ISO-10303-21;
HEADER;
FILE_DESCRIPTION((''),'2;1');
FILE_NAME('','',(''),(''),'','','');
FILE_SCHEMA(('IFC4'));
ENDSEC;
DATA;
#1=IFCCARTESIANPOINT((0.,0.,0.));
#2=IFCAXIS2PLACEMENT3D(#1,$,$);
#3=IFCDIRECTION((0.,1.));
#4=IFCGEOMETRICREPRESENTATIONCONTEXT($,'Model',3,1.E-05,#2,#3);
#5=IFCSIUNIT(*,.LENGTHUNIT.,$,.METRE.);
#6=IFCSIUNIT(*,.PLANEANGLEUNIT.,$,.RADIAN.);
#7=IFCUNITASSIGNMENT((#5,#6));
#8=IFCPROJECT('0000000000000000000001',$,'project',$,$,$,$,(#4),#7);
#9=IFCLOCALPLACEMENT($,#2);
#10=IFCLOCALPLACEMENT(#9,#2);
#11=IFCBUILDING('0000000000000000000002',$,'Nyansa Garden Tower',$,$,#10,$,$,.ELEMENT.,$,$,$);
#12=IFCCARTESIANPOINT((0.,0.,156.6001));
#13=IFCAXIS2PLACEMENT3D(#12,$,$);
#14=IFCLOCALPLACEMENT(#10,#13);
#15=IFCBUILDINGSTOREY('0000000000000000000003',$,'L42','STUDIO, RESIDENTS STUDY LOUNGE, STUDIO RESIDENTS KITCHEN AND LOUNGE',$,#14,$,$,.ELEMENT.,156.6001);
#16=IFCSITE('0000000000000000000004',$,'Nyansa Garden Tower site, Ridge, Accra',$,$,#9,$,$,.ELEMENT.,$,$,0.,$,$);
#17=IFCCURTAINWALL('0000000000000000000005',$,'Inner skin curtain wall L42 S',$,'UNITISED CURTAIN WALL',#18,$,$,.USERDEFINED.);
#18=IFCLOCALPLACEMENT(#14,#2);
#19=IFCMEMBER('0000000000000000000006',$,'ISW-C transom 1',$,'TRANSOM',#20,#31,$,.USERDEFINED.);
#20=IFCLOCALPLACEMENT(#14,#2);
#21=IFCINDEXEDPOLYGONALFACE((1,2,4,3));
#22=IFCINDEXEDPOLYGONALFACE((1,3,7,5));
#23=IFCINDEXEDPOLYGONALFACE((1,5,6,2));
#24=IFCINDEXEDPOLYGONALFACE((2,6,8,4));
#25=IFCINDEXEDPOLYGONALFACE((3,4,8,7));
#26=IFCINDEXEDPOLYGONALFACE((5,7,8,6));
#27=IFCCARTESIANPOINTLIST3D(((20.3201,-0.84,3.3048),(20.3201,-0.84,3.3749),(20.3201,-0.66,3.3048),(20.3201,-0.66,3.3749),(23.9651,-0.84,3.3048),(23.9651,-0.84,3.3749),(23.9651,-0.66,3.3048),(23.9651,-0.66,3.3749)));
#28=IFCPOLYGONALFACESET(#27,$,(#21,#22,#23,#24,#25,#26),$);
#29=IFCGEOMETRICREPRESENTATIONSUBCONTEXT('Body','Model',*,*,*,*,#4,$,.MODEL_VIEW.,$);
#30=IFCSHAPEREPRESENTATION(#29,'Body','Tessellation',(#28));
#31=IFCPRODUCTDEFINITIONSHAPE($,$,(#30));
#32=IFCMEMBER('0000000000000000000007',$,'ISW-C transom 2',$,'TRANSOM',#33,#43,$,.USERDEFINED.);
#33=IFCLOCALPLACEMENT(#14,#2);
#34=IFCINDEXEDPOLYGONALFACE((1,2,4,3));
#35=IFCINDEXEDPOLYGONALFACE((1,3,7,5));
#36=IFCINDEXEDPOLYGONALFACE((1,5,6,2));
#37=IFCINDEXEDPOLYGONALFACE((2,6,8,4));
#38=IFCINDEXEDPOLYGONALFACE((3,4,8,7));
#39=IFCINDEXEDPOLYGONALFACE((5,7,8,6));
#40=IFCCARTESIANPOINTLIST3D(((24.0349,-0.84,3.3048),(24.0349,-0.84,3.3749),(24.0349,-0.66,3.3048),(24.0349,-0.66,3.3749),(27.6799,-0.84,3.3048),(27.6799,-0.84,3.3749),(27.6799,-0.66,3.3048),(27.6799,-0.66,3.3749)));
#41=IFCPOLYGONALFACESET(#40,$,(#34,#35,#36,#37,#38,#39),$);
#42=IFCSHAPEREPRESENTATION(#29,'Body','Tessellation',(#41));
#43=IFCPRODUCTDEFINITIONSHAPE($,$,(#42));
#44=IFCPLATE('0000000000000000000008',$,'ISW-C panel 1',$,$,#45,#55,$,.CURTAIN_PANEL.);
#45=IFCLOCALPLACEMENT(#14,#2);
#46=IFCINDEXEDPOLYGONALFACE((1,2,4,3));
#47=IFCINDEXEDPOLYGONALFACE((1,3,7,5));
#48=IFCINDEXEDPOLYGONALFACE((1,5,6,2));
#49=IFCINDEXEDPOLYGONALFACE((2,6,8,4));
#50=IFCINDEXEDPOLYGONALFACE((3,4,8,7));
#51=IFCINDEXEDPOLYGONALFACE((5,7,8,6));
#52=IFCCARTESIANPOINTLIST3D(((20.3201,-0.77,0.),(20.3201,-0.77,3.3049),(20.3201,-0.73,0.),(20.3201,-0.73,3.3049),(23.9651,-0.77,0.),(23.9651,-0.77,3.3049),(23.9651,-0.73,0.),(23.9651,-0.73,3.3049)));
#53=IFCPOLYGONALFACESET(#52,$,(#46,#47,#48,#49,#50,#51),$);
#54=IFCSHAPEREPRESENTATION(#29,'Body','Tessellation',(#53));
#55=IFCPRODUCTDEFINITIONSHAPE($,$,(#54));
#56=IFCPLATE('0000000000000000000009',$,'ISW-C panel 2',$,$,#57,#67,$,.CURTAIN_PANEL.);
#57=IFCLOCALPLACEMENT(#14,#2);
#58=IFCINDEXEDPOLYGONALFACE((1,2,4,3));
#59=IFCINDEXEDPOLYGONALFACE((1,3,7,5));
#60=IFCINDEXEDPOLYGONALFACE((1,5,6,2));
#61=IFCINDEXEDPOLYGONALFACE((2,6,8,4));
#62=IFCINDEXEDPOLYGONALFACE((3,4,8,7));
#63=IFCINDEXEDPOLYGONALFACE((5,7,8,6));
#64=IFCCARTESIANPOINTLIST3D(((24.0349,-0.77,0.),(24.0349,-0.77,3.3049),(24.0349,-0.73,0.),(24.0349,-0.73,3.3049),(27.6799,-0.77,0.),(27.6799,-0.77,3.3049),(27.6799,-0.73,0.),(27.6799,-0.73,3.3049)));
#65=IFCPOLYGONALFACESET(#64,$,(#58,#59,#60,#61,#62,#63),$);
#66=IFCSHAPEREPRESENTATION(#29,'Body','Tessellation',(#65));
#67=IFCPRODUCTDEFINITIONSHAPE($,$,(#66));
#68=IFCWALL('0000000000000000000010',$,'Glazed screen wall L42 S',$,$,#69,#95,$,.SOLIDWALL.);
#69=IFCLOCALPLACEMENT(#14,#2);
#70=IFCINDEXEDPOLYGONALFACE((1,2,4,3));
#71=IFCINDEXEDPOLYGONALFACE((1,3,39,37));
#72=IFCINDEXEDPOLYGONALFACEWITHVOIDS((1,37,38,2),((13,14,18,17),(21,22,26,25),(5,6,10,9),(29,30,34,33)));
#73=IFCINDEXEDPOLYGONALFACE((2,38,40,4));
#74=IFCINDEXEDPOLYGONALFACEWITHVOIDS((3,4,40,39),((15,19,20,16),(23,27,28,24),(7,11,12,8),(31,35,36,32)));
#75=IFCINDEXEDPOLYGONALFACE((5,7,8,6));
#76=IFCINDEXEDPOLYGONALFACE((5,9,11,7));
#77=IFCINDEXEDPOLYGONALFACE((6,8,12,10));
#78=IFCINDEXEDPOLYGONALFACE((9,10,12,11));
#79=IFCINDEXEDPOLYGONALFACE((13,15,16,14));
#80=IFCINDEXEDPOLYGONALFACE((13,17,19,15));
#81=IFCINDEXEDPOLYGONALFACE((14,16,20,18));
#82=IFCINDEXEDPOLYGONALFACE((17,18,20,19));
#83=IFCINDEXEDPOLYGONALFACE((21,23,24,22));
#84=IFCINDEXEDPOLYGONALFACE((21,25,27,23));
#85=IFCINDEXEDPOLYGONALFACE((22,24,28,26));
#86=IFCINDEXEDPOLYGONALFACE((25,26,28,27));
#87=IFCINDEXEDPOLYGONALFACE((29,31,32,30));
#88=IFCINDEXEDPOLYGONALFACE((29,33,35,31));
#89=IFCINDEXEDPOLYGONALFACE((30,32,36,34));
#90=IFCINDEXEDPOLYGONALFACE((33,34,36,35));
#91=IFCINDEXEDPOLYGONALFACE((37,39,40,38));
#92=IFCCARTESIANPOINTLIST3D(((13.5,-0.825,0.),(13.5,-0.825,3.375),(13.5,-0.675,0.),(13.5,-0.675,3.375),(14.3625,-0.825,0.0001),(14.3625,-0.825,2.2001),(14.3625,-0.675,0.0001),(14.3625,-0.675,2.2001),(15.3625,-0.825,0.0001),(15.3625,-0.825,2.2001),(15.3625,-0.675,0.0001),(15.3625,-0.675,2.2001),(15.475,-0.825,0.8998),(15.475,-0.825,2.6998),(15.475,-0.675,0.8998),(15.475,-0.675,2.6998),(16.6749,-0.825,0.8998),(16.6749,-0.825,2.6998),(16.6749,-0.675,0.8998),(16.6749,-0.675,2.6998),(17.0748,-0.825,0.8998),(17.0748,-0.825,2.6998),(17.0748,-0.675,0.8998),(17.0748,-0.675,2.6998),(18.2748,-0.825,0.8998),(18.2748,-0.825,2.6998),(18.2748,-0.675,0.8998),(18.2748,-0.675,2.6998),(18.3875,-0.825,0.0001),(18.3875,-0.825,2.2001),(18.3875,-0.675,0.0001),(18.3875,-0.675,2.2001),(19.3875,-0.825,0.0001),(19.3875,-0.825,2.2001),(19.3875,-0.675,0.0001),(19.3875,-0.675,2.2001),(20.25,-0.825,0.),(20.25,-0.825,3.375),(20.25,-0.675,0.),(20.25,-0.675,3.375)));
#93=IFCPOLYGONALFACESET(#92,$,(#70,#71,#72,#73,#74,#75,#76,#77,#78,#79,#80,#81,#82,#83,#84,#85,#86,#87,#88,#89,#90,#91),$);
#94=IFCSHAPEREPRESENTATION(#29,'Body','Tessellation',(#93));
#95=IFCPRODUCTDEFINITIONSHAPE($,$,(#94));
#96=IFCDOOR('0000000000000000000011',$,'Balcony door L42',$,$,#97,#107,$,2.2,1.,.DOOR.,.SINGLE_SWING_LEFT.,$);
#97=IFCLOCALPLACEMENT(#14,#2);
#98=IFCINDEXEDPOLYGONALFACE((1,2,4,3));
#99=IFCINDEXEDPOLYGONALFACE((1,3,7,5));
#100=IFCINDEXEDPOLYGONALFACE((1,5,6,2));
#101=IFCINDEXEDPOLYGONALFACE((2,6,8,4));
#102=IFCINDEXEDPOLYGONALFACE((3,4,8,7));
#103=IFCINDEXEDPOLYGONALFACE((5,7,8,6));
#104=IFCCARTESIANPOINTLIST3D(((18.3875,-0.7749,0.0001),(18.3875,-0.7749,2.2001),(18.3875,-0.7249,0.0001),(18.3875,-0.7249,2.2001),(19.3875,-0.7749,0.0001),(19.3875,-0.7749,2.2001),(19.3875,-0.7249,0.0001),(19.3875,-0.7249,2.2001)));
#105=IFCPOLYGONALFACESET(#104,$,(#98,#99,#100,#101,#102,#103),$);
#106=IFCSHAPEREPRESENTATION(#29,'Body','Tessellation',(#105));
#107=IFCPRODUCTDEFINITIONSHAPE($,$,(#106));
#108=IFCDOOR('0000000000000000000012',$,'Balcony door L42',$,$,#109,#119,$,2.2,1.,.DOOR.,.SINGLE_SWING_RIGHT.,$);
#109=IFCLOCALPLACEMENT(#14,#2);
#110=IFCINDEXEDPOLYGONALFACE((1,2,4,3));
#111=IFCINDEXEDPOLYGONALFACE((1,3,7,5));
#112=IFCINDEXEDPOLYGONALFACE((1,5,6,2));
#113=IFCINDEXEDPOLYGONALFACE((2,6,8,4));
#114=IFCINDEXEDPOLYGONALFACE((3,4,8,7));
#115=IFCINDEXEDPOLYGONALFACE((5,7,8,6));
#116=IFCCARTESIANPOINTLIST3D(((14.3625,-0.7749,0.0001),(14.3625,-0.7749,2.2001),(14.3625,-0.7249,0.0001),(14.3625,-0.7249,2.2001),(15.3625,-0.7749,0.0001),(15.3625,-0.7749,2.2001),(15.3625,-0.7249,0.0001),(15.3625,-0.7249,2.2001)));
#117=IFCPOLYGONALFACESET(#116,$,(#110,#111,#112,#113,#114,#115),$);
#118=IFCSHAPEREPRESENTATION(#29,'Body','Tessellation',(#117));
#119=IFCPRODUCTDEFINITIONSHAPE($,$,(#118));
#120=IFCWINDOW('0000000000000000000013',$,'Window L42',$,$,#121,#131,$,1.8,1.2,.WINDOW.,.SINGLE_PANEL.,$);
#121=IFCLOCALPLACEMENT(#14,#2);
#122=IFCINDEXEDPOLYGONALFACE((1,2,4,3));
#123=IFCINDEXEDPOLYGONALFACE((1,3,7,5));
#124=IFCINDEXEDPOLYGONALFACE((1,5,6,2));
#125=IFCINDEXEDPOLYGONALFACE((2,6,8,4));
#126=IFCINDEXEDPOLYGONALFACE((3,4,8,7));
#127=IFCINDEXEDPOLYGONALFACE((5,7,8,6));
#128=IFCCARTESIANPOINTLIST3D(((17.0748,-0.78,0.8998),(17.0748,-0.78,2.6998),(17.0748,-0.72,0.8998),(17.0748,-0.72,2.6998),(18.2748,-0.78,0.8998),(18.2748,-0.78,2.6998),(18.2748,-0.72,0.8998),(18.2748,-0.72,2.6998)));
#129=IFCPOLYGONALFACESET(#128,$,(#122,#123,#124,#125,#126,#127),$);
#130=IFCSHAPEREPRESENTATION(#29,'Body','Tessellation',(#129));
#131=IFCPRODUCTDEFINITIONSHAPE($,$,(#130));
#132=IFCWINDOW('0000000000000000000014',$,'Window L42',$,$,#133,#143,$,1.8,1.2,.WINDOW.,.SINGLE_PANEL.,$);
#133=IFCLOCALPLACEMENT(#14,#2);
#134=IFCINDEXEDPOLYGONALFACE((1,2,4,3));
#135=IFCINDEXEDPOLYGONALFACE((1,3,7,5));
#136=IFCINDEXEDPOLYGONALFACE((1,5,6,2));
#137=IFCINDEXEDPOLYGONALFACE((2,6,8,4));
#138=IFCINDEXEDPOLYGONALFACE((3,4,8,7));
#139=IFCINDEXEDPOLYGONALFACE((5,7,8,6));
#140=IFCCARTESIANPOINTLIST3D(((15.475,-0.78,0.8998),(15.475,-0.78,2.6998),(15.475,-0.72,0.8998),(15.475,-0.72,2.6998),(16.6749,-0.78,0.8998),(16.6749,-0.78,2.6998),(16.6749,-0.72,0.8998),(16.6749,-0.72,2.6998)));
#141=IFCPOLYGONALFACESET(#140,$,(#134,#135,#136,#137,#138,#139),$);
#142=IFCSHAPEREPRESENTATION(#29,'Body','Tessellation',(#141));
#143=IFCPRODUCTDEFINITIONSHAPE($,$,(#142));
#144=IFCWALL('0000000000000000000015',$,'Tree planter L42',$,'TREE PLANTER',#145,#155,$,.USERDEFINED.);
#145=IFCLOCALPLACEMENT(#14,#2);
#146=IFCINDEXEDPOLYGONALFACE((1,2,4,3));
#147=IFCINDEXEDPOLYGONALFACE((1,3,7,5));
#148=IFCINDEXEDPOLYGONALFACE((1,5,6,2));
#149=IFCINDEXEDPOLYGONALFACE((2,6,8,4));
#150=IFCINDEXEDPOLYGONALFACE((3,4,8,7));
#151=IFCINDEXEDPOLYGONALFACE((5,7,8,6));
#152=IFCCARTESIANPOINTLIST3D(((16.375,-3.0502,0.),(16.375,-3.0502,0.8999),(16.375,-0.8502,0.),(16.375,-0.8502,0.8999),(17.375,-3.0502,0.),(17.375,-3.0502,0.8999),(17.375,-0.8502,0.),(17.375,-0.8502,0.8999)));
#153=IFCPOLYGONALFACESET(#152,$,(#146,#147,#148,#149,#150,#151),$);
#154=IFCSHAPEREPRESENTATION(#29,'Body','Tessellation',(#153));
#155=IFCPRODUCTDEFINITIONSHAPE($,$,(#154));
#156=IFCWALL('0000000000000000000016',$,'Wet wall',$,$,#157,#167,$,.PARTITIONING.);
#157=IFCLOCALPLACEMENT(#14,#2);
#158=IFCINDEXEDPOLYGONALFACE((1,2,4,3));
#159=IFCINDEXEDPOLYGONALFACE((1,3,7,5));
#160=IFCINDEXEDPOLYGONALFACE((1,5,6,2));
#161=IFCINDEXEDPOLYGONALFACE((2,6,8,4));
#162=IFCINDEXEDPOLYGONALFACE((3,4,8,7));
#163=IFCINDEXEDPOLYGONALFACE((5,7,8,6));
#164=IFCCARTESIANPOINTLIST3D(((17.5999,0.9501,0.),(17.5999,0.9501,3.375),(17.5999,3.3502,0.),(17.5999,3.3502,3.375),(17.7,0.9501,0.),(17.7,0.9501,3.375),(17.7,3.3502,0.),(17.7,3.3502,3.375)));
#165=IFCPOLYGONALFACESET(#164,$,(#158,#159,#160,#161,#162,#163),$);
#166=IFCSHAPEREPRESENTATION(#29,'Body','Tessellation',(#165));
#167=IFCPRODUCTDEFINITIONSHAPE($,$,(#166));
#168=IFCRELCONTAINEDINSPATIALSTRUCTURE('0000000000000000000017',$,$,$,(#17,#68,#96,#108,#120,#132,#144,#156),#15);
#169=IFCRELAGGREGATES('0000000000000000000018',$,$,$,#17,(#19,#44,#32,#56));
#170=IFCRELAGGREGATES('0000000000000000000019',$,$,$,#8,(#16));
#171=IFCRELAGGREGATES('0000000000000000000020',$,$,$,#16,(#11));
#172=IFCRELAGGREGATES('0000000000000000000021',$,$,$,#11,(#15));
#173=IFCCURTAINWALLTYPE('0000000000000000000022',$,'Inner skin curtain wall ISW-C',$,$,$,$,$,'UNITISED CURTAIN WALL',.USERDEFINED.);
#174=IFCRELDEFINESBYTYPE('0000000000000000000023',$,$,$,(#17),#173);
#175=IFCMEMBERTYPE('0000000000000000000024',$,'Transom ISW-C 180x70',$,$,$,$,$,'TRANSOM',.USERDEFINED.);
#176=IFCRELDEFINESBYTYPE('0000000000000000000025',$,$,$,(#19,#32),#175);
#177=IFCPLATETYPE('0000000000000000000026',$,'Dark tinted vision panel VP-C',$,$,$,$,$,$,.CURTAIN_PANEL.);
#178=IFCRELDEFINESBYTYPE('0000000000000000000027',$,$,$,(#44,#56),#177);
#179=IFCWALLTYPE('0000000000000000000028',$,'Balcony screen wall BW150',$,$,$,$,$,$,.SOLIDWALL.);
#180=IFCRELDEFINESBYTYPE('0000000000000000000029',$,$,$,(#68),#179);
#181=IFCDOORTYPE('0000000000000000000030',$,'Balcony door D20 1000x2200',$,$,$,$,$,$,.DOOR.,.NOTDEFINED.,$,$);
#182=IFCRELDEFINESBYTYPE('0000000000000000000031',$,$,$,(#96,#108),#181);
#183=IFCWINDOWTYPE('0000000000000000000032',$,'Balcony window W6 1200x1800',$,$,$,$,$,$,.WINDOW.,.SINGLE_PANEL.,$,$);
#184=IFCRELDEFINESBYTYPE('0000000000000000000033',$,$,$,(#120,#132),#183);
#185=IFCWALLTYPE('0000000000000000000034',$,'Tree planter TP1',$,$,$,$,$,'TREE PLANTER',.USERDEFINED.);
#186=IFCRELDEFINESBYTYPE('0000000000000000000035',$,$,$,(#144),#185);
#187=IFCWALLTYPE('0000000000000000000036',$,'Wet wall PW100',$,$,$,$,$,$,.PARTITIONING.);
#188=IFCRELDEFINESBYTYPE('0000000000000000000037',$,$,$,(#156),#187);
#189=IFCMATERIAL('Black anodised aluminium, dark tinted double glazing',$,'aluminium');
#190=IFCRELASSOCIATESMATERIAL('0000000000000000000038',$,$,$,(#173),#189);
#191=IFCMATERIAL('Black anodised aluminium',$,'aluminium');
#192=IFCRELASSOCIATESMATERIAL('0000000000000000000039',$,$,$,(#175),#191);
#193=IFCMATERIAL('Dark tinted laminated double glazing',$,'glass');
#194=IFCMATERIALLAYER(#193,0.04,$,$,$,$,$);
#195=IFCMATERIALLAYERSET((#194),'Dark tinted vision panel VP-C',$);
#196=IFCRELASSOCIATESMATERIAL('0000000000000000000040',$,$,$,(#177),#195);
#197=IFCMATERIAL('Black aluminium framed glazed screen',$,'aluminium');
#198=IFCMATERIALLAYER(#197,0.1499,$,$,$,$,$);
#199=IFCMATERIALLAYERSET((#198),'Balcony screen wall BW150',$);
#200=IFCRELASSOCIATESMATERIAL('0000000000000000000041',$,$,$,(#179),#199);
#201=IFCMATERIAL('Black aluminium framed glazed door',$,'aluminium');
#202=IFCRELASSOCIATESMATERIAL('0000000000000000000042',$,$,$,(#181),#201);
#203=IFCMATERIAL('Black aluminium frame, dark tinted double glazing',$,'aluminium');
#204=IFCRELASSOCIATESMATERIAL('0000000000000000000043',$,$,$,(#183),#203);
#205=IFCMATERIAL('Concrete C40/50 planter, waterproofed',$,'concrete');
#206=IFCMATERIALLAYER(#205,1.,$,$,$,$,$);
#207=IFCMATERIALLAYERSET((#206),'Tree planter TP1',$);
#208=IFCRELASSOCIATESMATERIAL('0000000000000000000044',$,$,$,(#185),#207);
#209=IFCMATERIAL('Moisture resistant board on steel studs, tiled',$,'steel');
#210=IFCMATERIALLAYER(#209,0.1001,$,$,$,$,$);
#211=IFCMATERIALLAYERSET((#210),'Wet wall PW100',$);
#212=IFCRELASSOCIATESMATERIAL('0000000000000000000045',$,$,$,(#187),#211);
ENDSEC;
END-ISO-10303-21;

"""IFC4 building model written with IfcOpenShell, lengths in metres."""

from ifc_helpers import new_model, si_unit, direction, frame, frame_2d, origin, origin_2d, place, context, subcontext, project, spatial, rectangle, extrude, material, layer, layer_set, material_profile, profile_set, type_object, element, fill, aggregate, save


model = new_model("IFC4")

# Units and contexts
model_context = context("Model", 3, precision=1e-05, world=origin(), true_north=direction((0.0, 1.0)))
body_context = subcontext(model_context, "Body", "Model", "MODEL_VIEW")
ifc_project = project(units=[si_unit("LENGTHUNIT", "METRE"), si_unit("PLANEANGLEUNIT", "RADIAN")], contexts=[model_context])

# Site, building, storey
site_placement = place(None, origin())
site = spatial("IfcSite", under=ifc_project, at=site_placement, Name="Nyansa Garden Tower site, Ridge, Accra", CompositionType="ELEMENT", RefElevation=0.0)
building_placement = place(site_placement, origin())
building = spatial("IfcBuilding", under=site, at=building_placement, Name="Nyansa Garden Tower", CompositionType="ELEMENT")
storey_placement = place(building_placement, frame((0.0, 0.0, 156.6001)))
storey = spatial("IfcBuildingStorey", under=building, at=storey_placement, Name="L42", Description="STUDIO, RESIDENTS STUDY LOUNGE, STUDIO RESIDENTS KITCHEN AND LOUNGE", CompositionType="ELEMENT", Elevation=156.6001)

# Curtain wall
ifc_material_1 = material(Name="Black anodised aluminium, dark tinted double glazing", Category="aluminium")
curtain_wall_type = type_object("IfcCurtainWallType", Name="Inner skin curtain wall ISW-C", ElementType="UNITISED CURTAIN WALL", PredefinedType="USERDEFINED", material=ifc_material_1)
curtain_wall_placement = place(storey_placement, origin())
curtain_wall = element("IfcCurtainWall", 1, at=curtain_wall_placement, inside=storey, type_object=curtain_wall_type, Name="Inner skin curtain wall L42 S", ObjectType="UNITISED CURTAIN WALL", PredefinedType="USERDEFINED")

# Members
ifc_material_2 = material(Name="Black anodised aluminium", Category="aluminium")
ifc_material_profile_1 = material_profile(ifc_material_2, rectangle(XDim=0.1799, YDim=0.0701, at=origin_2d()), Name="Transom 180x70")
ifc_profile_set_1 = profile_set([ifc_material_profile_1], Name="Black anodised aluminium")
member_type_1 = type_object("IfcMemberType", Name="Transom ISW-C 180x70", ElementType="TRANSOM", PredefinedType="USERDEFINED", material=ifc_profile_set_1)
member_1_placement = place(storey_placement, frame((20.3201, -0.75, 3.3398), z_axis=(1.0, 0.0, 0.0), x_axis=(0.0, 1.0, 0.0)))
member_1 = element("IfcMember", 2, at=member_1_placement, type_object=member_type_1, Name="ISW-C transom 1", ObjectType="TRANSOM", PredefinedType="USERDEFINED", context=body_context, shape_type="SweptSolid", body=[
    extrude(rectangle(XDim=0.1799, YDim=0.0701, at=origin_2d()), origin(), (0.0, 0.0, 1.0), 3.645),
])
member_2_placement = place(storey_placement, frame((24.0349, -0.75, 3.3398), z_axis=(1.0, 0.0, 0.0), x_axis=(0.0, 1.0, 0.0)))
member_2 = element("IfcMember", 3, at=member_2_placement, type_object=member_type_1, Name="ISW-C transom 2", ObjectType="TRANSOM", PredefinedType="USERDEFINED", context=body_context, shape_type="SweptSolid", body=[
    extrude(rectangle(XDim=0.1799, YDim=0.0701, at=origin_2d()), origin(), (0.0, 0.0, 1.0), 3.645),
])

# Plates
ifc_material_3 = material(Name="Dark tinted laminated double glazing", Category="glass")
ifc_layer_1 = layer(ifc_material_3, 0.04)
ifc_layer_set_1 = layer_set([ifc_layer_1], Name="Dark tinted vision panel VP-C")
plate_type = type_object("IfcPlateType", Name="Dark tinted vision panel VP-C", PredefinedType="CURTAIN_PANEL", material=ifc_layer_set_1)
plate_1_placement = place(storey_placement, frame((22.1426, -0.75, 0.0), z_axis=(0.0, 0.0, 1.0), x_axis=(1.0, 0.0, 0.0)))
plate_1 = element("IfcPlate", 4, at=plate_1_placement, type_object=plate_type, Name="ISW-C panel 1", PredefinedType="CURTAIN_PANEL", context=body_context, shape_type="SweptSolid", body=[
    extrude(rectangle(XDim=3.645, YDim=0.04, at=origin_2d()), origin(), (0.0, 0.0, 1.0), 3.3049),
])
plate_2_placement = place(storey_placement, frame((25.8574, -0.75, 0.0), z_axis=(0.0, 0.0, 1.0), x_axis=(1.0, 0.0, 0.0)))
plate_2 = element("IfcPlate", 5, at=plate_2_placement, type_object=plate_type, Name="ISW-C panel 2", PredefinedType="CURTAIN_PANEL", context=body_context, shape_type="SweptSolid", body=[
    extrude(rectangle(XDim=3.645, YDim=0.04, at=origin_2d()), origin(), (0.0, 0.0, 1.0), 3.3049),
])
aggregate(curtain_wall, [member_1, plate_1, member_2, plate_2])

# Wall, openings, doors, windows
ifc_material_4 = material(Name="Black aluminium framed glazed screen", Category="aluminium")
ifc_layer_2 = layer(ifc_material_4, 0.1499)
ifc_layer_set_2 = layer_set([ifc_layer_2], Name="Balcony screen wall BW150")
wall_type_1 = type_object("IfcWallType", Name="Balcony screen wall BW150", PredefinedType="SOLIDWALL", material=ifc_layer_set_2)
wall_1_placement = place(storey_placement, frame((20.25, -0.75, 0.0), z_axis=(0.0, 0.0, 1.0), x_axis=(-1.0, 0.0, 0.0)))
wall_1 = element("IfcWall", 6, at=wall_1_placement, inside=storey, type_object=wall_type_1, Name="Glazed screen wall L42 S", PredefinedType="SOLIDWALL", context=body_context, shape_type="SweptSolid", body=[
    extrude(rectangle(XDim=6.75, YDim=0.1499, at=frame_2d((3.375, 0.0))), origin(), (0.0, 0.0, 1.0), 3.375),
])
opening_1_placement = place(wall_1_placement, frame((0.8625, 0.0, 0.0)))
opening_1 = element("IfcOpeningElement", 7, at=opening_1_placement, cuts=wall_1, PredefinedType="OPENING", context=body_context, shape_type="SweptSolid", body=[
    extrude(rectangle(XDim=1.0, YDim=2.2, at=frame_2d((0.5, 1.1001))), frame((0.0, 0.085, 0.0), z_axis=(0.0, -1.0, 0.0), x_axis=(1.0, 0.0, 0.0)), (0.0, 0.0, 1.0), 0.1699),
])
opening_2_placement = place(wall_1_placement, frame((1.9751, 0.0, 0.8999)))
opening_2 = element("IfcOpeningElement", 8, at=opening_2_placement, cuts=wall_1, PredefinedType="OPENING", context=body_context, shape_type="SweptSolid", body=[
    extrude(rectangle(XDim=1.2, YDim=1.8, at=frame_2d((0.6001, 0.8999))), frame((0.0, 0.085, 0.0), z_axis=(0.0, -1.0, 0.0), x_axis=(1.0, 0.0, 0.0)), (0.0, 0.0, 1.0), 0.1699),
])
opening_3_placement = place(wall_1_placement, frame((4.8875, 0.0, 0.0)))
opening_3 = element("IfcOpeningElement", 9, at=opening_3_placement, cuts=wall_1, PredefinedType="OPENING", context=body_context, shape_type="SweptSolid", body=[
    extrude(rectangle(XDim=1.0, YDim=2.2, at=frame_2d((0.5, 1.1001))), frame((0.0, 0.085, 0.0), z_axis=(0.0, -1.0, 0.0), x_axis=(1.0, 0.0, 0.0)), (0.0, 0.0, 1.0), 0.1699),
])
opening_4_placement = place(wall_1_placement, frame((3.575, 0.0, 0.8999)))
opening_4 = element("IfcOpeningElement", 10, at=opening_4_placement, cuts=wall_1, PredefinedType="OPENING", context=body_context, shape_type="SweptSolid", body=[
    extrude(rectangle(XDim=1.2, YDim=1.8, at=frame_2d((0.6001, 0.8999))), frame((0.0, 0.085, 0.0), z_axis=(0.0, -1.0, 0.0), x_axis=(1.0, 0.0, 0.0)), (0.0, 0.0, 1.0), 0.1699),
])
ifc_material_5 = material(Name="Black aluminium framed glazed door", Category="aluminium")
door_type_1 = type_object("IfcDoorType", Name="Balcony door D20 1000x2200", OperationType="NOTDEFINED", PredefinedType="DOOR", material=ifc_material_5)
door_1_placement = place(opening_1_placement, origin())
door_1 = element("IfcDoor", 11, at=door_1_placement, inside=storey, type_object=door_type_1, Name="Balcony door L42", OperationType="SINGLE_SWING_LEFT", OverallHeight=2.2, OverallWidth=1.0, PredefinedType="DOOR", context=body_context, shape_type="SweptSolid", body=[
    extrude(rectangle(XDim=1.0, YDim=2.2, at=frame_2d((0.5, 1.1001))), frame((0.0, 0.0249, 0.0), z_axis=(0.0, -1.0, 0.0), x_axis=(1.0, 0.0, 0.0)), (0.0, 0.0, 1.0), 0.05),
])
fill(opening_1, door_1)
door_2_placement = place(opening_3_placement, origin())
door_2 = element("IfcDoor", 12, at=door_2_placement, inside=storey, type_object=door_type_1, Name="Balcony door L42", OperationType="SINGLE_SWING_RIGHT", OverallHeight=2.2, OverallWidth=1.0, PredefinedType="DOOR", context=body_context, shape_type="SweptSolid", body=[
    extrude(rectangle(XDim=1.0, YDim=2.2, at=frame_2d((0.5, 1.1001))), frame((0.0, 0.0249, 0.0), z_axis=(0.0, -1.0, 0.0), x_axis=(1.0, 0.0, 0.0)), (0.0, 0.0, 1.0), 0.05),
])
fill(opening_3, door_2)
ifc_material_6 = material(Name="Black aluminium frame, dark tinted double glazing", Category="aluminium")
window_type = type_object("IfcWindowType", Name="Balcony window W6 1200x1800", PartitioningType="SINGLE_PANEL", PredefinedType="WINDOW", material=ifc_material_6)
window_1_placement = place(opening_2_placement, origin())
window_1 = element("IfcWindow", 13, at=window_1_placement, inside=storey, type_object=window_type, Name="Window L42", OverallHeight=1.8, OverallWidth=1.2, PartitioningType="SINGLE_PANEL", PredefinedType="WINDOW", context=body_context, shape_type="SweptSolid", body=[
    extrude(rectangle(XDim=1.2, YDim=1.8, at=frame_2d((0.6001, 0.8999))), frame((0.0, 0.03, 0.0), z_axis=(0.0, -1.0, 0.0), x_axis=(1.0, 0.0, 0.0)), (0.0, 0.0, 1.0), 0.0601),
])
fill(opening_2, window_1)
window_2_placement = place(opening_4_placement, origin())
window_2 = element("IfcWindow", 14, at=window_2_placement, inside=storey, type_object=window_type, Name="Window L42", OverallHeight=1.8, OverallWidth=1.2, PartitioningType="SINGLE_PANEL", PredefinedType="WINDOW", context=body_context, shape_type="SweptSolid", body=[
    extrude(rectangle(XDim=1.2, YDim=1.8, at=frame_2d((0.6001, 0.8999))), frame((0.0, 0.03, 0.0), z_axis=(0.0, -1.0, 0.0), x_axis=(1.0, 0.0, 0.0)), (0.0, 0.0, 1.0), 0.0601),
])
fill(opening_4, window_2)

# Walls
ifc_material_7 = material(Name="Concrete C40/50 planter, waterproofed", Category="concrete")
ifc_layer_3 = layer(ifc_material_7, 1.0)
ifc_layer_set_3 = layer_set([ifc_layer_3], Name="Tree planter TP1")
wall_type_2 = type_object("IfcWallType", Name="Tree planter TP1", ElementType="TREE PLANTER", PredefinedType="USERDEFINED", material=ifc_layer_set_3)
wall_2_placement = place(storey_placement, frame((16.875, -0.8501, 0.0), z_axis=(0.0, 0.0, 1.0), x_axis=(0.0, -1.0, 0.0)))
element("IfcWall", 15, at=wall_2_placement, inside=storey, type_object=wall_type_2, Name="Tree planter L42", ObjectType="TREE PLANTER", PredefinedType="USERDEFINED", context=body_context, shape_type="SweptSolid", body=[
    extrude(rectangle(XDim=2.2, YDim=1.0, at=frame_2d((1.1001, 0.0))), origin(), (0.0, 0.0, 1.0), 0.8999),
])
ifc_material_8 = material(Name="Moisture resistant board on steel studs, tiled", Category="steel")
ifc_layer_4 = layer(ifc_material_8, 0.1001)
ifc_layer_set_4 = layer_set([ifc_layer_4], Name="Wet wall PW100")
wall_type_3 = type_object("IfcWallType", Name="Wet wall PW100", PredefinedType="PARTITIONING", material=ifc_layer_set_4)
wall_3_placement = place(storey_placement, frame((17.6499, 0.95, 0.0), z_axis=(0.0, 0.0, 1.0), x_axis=(0.0, 1.0, 0.0)))
element("IfcWall", 16, at=wall_3_placement, inside=storey, type_object=wall_type_3, Name="Wet wall", PredefinedType="PARTITIONING", context=body_context, shape_type="SweptSolid", body=[
    extrude(rectangle(XDim=2.4001, YDim=0.1001, at=frame_2d((1.2002, 0.0))), origin(), (0.0, 0.0, 1.0), 3.375),
])

save(model, "model.ifc")
